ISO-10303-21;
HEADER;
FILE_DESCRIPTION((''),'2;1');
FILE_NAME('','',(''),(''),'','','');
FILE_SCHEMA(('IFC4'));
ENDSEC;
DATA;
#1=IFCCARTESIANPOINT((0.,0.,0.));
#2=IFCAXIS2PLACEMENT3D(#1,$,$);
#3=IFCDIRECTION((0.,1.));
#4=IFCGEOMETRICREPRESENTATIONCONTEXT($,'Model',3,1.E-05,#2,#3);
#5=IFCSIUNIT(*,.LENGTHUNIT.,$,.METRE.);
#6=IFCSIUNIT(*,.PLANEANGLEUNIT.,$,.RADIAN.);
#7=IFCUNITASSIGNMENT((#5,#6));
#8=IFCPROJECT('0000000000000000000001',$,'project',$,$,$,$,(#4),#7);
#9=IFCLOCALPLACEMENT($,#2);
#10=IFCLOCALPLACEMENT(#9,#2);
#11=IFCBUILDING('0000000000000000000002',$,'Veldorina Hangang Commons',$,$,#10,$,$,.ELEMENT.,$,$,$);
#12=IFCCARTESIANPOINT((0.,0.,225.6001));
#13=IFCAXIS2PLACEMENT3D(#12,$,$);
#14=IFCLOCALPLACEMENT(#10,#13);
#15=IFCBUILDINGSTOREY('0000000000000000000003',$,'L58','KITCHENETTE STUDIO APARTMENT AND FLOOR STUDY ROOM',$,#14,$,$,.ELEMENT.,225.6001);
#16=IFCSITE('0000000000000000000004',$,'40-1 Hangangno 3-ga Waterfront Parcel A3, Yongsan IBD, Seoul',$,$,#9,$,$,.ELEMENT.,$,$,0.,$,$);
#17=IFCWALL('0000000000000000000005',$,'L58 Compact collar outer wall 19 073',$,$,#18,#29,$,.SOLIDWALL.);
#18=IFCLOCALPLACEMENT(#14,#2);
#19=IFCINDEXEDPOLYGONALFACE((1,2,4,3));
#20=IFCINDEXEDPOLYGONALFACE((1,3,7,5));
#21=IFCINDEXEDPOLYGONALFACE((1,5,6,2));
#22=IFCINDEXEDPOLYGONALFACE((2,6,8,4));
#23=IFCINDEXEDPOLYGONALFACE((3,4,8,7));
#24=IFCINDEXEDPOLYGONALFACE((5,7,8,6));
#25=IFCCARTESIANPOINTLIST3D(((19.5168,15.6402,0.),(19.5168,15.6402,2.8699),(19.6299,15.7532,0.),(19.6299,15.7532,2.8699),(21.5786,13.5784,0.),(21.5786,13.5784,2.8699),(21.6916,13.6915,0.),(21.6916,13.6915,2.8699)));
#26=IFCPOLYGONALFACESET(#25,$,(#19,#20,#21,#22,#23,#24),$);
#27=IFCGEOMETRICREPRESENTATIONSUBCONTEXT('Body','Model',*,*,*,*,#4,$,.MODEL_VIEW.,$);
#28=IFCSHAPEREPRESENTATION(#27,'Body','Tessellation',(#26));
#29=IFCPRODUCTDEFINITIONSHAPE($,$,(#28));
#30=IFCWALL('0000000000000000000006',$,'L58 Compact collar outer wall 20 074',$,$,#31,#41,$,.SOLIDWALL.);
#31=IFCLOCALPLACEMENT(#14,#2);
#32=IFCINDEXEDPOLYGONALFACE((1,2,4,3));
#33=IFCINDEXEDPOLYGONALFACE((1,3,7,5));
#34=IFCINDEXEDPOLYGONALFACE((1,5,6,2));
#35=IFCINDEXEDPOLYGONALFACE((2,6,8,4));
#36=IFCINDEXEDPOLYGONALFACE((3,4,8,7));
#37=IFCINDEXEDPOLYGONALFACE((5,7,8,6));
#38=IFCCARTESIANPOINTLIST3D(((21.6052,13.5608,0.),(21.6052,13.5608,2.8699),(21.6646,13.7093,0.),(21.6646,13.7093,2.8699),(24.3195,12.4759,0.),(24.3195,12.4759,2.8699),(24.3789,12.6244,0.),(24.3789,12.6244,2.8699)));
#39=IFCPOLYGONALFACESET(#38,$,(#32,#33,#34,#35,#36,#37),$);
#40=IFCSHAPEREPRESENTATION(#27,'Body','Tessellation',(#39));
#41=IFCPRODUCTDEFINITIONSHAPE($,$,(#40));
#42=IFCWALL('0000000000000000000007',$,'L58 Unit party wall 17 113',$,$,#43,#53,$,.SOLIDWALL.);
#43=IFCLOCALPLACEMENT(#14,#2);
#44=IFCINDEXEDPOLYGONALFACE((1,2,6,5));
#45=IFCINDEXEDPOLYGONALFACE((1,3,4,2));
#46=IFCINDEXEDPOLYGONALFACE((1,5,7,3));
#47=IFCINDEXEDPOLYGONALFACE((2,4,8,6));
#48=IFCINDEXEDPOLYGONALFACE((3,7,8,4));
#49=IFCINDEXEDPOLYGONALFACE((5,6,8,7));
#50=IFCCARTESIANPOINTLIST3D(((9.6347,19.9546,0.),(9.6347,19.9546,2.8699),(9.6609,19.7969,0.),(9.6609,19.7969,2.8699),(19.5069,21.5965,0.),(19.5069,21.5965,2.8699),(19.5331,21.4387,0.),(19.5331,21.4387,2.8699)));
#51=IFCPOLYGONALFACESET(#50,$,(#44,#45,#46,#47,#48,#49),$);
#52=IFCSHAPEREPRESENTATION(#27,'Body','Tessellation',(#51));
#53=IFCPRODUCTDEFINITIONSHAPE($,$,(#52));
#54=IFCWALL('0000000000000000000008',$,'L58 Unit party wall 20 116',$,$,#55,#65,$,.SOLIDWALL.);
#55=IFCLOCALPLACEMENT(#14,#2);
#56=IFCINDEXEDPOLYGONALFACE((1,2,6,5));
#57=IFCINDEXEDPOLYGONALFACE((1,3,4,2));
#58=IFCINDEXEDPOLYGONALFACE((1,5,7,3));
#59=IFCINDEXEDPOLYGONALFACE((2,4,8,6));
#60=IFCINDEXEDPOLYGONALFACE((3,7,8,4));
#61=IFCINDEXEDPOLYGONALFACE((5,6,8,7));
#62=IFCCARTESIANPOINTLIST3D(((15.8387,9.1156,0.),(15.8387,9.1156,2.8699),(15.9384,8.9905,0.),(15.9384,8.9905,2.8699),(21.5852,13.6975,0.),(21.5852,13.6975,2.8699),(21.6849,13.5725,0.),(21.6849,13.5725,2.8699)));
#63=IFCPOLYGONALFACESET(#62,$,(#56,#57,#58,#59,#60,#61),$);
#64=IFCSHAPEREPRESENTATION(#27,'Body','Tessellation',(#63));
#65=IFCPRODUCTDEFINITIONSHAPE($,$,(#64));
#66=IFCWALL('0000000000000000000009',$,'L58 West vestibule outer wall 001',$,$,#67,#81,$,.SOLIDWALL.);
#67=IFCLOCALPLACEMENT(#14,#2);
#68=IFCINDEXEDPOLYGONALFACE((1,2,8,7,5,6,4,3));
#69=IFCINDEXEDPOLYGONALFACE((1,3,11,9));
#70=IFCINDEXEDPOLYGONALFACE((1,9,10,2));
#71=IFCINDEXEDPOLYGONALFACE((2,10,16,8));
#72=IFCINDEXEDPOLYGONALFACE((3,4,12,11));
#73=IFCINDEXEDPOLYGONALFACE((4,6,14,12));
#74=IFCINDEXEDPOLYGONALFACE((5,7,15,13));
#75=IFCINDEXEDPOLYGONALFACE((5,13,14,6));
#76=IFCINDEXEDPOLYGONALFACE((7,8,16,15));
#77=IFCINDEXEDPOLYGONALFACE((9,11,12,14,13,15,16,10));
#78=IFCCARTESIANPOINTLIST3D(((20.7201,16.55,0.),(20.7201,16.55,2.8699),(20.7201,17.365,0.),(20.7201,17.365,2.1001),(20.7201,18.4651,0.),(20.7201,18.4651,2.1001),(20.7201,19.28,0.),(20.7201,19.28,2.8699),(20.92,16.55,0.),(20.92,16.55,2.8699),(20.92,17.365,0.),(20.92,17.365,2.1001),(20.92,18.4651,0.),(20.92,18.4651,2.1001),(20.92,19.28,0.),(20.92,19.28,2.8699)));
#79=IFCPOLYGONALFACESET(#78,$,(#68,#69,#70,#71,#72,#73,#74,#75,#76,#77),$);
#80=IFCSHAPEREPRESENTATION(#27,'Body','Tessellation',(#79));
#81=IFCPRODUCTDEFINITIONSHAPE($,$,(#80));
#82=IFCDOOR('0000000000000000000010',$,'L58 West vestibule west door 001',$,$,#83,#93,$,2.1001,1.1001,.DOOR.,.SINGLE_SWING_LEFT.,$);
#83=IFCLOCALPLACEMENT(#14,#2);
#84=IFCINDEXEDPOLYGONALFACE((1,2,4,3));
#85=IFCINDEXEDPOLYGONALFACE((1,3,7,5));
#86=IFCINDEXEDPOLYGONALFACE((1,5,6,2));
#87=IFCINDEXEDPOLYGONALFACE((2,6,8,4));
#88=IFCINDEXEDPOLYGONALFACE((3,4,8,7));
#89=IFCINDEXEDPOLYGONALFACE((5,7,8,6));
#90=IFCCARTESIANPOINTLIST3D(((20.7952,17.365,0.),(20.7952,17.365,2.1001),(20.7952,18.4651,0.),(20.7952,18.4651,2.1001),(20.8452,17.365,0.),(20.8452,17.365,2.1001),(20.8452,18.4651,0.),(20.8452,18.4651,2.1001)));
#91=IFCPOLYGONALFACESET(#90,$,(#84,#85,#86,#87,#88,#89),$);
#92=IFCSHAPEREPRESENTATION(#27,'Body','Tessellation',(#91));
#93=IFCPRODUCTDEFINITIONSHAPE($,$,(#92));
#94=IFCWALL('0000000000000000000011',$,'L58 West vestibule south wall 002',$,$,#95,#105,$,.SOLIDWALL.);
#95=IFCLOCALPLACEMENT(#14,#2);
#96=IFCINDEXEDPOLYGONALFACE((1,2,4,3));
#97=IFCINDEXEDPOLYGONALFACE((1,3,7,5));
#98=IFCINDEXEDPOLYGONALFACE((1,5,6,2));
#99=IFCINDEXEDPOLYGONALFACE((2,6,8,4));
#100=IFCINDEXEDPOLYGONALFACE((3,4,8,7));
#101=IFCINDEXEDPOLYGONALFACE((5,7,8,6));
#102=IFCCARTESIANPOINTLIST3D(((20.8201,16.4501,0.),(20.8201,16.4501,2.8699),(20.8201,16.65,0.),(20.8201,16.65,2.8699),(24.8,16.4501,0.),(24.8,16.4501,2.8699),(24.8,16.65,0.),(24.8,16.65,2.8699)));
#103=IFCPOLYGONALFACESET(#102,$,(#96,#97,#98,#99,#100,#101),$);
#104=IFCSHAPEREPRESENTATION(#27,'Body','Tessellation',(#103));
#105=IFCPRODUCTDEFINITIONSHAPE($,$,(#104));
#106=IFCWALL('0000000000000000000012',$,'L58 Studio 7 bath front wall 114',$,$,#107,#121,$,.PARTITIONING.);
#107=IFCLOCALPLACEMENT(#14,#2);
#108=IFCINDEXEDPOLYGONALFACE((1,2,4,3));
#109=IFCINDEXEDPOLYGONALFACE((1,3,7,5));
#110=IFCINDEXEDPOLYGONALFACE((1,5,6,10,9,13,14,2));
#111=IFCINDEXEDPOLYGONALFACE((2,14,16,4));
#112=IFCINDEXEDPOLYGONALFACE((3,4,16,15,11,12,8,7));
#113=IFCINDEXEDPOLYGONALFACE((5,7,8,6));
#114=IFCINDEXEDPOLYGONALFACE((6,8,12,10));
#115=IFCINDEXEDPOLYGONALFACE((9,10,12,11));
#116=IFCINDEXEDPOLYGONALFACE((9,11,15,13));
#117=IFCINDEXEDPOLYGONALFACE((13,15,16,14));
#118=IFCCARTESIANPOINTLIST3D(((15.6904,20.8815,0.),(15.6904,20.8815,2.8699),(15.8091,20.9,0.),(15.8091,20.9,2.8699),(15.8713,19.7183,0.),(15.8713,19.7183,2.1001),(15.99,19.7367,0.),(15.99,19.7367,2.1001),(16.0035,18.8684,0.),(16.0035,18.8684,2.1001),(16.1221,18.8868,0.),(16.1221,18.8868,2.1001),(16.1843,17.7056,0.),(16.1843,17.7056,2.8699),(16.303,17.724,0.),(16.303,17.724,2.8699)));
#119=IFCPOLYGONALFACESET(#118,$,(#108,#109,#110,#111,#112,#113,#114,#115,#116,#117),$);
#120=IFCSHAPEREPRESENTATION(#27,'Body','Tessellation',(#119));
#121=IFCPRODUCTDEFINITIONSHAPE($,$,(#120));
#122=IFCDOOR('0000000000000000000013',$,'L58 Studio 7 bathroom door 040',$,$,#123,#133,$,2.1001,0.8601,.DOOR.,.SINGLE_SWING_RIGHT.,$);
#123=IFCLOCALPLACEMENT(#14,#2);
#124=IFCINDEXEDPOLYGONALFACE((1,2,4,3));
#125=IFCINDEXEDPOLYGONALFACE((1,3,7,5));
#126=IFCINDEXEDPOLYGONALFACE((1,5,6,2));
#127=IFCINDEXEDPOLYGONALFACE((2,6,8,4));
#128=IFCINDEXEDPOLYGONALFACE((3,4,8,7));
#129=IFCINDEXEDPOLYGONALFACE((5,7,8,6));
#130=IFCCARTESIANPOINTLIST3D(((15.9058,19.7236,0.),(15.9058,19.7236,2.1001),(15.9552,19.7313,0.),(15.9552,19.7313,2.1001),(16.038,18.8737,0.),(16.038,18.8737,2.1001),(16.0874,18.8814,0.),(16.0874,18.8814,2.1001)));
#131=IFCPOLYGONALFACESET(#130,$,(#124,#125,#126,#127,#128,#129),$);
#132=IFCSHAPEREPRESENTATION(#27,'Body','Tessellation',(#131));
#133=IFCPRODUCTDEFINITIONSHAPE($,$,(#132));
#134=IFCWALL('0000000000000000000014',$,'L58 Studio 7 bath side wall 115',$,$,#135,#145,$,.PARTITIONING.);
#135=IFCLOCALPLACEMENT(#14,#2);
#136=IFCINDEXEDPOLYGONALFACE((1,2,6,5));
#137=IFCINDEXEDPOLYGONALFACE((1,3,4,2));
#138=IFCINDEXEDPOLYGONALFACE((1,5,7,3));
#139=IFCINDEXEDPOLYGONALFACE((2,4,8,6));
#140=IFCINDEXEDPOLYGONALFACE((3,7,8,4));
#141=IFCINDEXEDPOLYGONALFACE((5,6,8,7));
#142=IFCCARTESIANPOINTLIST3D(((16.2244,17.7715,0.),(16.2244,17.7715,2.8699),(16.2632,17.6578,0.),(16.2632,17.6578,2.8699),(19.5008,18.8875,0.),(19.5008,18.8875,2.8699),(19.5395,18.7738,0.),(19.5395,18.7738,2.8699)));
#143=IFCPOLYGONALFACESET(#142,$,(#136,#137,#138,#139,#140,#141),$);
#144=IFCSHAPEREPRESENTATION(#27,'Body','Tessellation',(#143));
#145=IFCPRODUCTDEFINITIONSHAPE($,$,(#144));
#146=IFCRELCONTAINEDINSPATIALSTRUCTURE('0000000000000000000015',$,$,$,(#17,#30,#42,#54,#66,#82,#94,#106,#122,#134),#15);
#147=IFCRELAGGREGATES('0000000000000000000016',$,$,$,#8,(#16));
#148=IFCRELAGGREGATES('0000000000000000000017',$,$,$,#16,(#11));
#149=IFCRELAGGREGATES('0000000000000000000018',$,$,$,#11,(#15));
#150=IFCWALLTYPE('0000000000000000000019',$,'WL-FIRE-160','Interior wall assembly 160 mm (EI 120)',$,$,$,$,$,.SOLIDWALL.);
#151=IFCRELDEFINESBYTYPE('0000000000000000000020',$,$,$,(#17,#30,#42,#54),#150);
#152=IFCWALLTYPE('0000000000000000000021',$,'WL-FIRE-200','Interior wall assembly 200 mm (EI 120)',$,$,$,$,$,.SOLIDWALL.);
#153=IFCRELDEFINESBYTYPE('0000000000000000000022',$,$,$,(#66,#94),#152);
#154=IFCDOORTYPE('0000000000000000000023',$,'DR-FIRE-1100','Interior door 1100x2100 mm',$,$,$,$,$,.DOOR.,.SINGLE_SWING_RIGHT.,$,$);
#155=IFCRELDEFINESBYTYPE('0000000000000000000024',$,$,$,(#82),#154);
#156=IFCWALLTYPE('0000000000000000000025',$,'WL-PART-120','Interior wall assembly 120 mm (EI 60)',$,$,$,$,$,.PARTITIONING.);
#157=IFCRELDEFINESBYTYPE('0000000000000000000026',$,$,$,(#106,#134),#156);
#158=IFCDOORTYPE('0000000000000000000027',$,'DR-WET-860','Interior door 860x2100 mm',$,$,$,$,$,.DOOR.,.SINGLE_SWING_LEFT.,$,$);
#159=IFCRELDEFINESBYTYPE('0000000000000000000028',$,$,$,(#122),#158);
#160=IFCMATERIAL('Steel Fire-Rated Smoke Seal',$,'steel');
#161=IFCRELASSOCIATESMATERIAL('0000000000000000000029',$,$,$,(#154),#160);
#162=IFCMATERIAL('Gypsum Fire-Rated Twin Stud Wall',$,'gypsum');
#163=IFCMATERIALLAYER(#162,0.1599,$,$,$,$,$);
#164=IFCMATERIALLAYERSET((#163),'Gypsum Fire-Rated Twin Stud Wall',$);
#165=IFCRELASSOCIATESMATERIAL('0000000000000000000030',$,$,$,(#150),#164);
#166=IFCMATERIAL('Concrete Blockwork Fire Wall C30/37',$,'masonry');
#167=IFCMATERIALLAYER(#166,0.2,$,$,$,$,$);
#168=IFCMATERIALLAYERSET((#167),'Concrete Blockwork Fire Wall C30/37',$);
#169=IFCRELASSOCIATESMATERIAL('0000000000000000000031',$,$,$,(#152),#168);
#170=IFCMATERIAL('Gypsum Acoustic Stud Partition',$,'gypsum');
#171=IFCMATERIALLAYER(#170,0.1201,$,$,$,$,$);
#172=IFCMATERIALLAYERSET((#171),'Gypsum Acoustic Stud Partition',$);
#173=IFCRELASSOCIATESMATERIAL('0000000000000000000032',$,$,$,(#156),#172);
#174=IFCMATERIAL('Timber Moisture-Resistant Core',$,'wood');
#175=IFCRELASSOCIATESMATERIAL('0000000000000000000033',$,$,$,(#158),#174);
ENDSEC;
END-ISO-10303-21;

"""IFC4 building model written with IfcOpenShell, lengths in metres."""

from ifc_helpers import new_model, si_unit, direction, frame, frame_2d, origin, place, context, subcontext, project, spatial, rectangle, extrude, material, layer, layer_set, type_object, element, fill, save


model = new_model("IFC4")

# Units and contexts
model_context = context("Model", 3, precision=1e-05, world=origin(), true_north=direction((0.0, 1.0)))
body_context = subcontext(model_context, "Body", "Model", "MODEL_VIEW")
ifc_project = project(units=[si_unit("LENGTHUNIT", "METRE"), si_unit("PLANEANGLEUNIT", "RADIAN")], contexts=[model_context])

# Site, building, storey
site_placement = place(None, origin())
site = spatial("IfcSite", under=ifc_project, at=site_placement, Name="40-1 Hangangno 3-ga Waterfront Parcel A3, Yongsan IBD, Seoul", CompositionType="ELEMENT", RefElevation=0.0)
building_placement = place(site_placement, origin())
building = spatial("IfcBuilding", under=site, at=building_placement, Name="Veldorina Hangang Commons", CompositionType="ELEMENT")
storey_placement = place(building_placement, frame((0.0, 0.0, 225.6001)))
storey = spatial("IfcBuildingStorey", under=building, at=storey_placement, Name="L58", Description="KITCHENETTE STUDIO APARTMENT AND FLOOR STUDY ROOM", CompositionType="ELEMENT", Elevation=225.6001)

# Shared definitions
ifc_material_1 = material(Name="Steel Fire-Rated Smoke Seal", Category="steel")
door_type_1 = type_object("IfcDoorType", Name="DR-FIRE-1100", Description="Interior door 1100x2100 mm", OperationType="SINGLE_SWING_RIGHT", PredefinedType="DOOR", material=ifc_material_1)

# Shared definitions
ifc_material_2 = material(Name="Gypsum Fire-Rated Twin Stud Wall", Category="gypsum")
ifc_layer_1 = layer(ifc_material_2, 0.1599)
ifc_layer_set_1 = layer_set([ifc_layer_1], Name="Gypsum Fire-Rated Twin Stud Wall")
wall_type_1 = type_object("IfcWallType", Name="WL-FIRE-160", Description="Interior wall assembly 160 mm (EI 120)", PredefinedType="SOLIDWALL", material=ifc_layer_set_1)

# Walls
wall_1_placement = place(storey_placement, frame((19.5732, 15.6968, 0.0), z_axis=(0.0, 0.0, 1.0), x_axis=(0.707107, -0.707107, 0.0)))
element("IfcWall", 1, at=wall_1_placement, inside=storey, type_object=wall_type_1, Name="L58 Compact collar outer wall 19 073", PredefinedType="SOLIDWALL", context=body_context, shape_type="SweptSolid", body=[
    extrude(rectangle(XDim=2.9158, YDim=0.1599, at=frame_2d((1.458, 0.0))), origin(), (0.0, 0.0, 1.0), 2.8699),
])
wall_2_placement = place(storey_placement, frame((21.635, 13.635, 0.0), z_axis=(0.0, 0.0, 1.0), x_axis=(0.928569, -0.37116, 0.0)))
element("IfcWall", 2, at=wall_2_placement, inside=storey, type_object=wall_type_1, Name="L58 Compact collar outer wall 20 074", PredefinedType="SOLIDWALL", context=body_context, shape_type="SweptSolid", body=[
    extrude(rectangle(XDim=2.9231, YDim=0.1599, at=frame_2d((1.4614, 0.0))), origin(), (0.0, 0.0, 1.0), 2.8699),
])
wall_3_placement = place(storey_placement, frame((19.52, 21.5176, 0.0), z_axis=(0.0, 0.0, 1.0), x_axis=(-0.986451, -0.164055, 0.0)))
element("IfcWall", 3, at=wall_3_placement, inside=storey, type_object=wall_type_1, Name="L58 Unit party wall 17 113", PredefinedType="SOLIDWALL", context=body_context, shape_type="SweptSolid", body=[
    extrude(rectangle(XDim=10.0078, YDim=0.1599, at=frame_2d((5.0039, 0.0))), origin(), (0.0, 0.0, 1.0), 2.8699),
])
wall_4_placement = place(storey_placement, frame((21.635, 13.635, 0.0), z_axis=(0.0, 0.0, 1.0), x_axis=(-0.781879, -0.62343, 0.0)))
element("IfcWall", 4, at=wall_4_placement, inside=storey, type_object=wall_type_1, Name="L58 Unit party wall 20 116", PredefinedType="SOLIDWALL", context=body_context, shape_type="SweptSolid", body=[
    extrude(rectangle(XDim=7.3496, YDim=0.1599, at=frame_2d((3.6748, 0.0))), origin(), (0.0, 0.0, 1.0), 2.8699),
])

# Wall, opening, door
ifc_material_3 = material(Name="Concrete Blockwork Fire Wall C30/37", Category="masonry")
ifc_layer_2 = layer(ifc_material_3, 0.2)
ifc_layer_set_2 = layer_set([ifc_layer_2], Name="Concrete Blockwork Fire Wall C30/37")
wall_type_2 = type_object("IfcWallType", Name="WL-FIRE-200", Description="Interior wall assembly 200 mm (EI 120)", PredefinedType="SOLIDWALL", material=ifc_layer_set_2)
wall_5_placement = place(storey_placement, frame((20.8201, 16.55, 0.0), z_axis=(0.0, 0.0, 1.0), x_axis=(0.0, 1.0, 0.0)))
wall_5 = element("IfcWall", 5, at=wall_5_placement, inside=storey, type_object=wall_type_2, Name="L58 West vestibule outer wall 001", PredefinedType="SOLIDWALL", context=body_context, shape_type="SweptSolid", body=[
    extrude(rectangle(XDim=2.73, YDim=0.2, at=frame_2d((1.365, 0.0))), origin(), (0.0, 0.0, 1.0), 2.8699),
])
opening_1_placement = place(wall_5_placement, frame((0.8149, 0.0, 0.0)))
opening_1 = element("IfcOpeningElement", 6, at=opening_1_placement, cuts=wall_5, PredefinedType="OPENING", context=body_context, shape_type="SweptSolid", body=[
    extrude(rectangle(XDim=1.1001, YDim=2.1001, at=frame_2d((0.55, 1.05))), frame((0.0, 0.1099, 0.0), z_axis=(0.0, -1.0, 0.0), x_axis=(1.0, 0.0, 0.0)), (0.0, 0.0, 1.0), 0.22),
])
door_1_placement = place(opening_1_placement, origin())
door_1 = element("IfcDoor", 7, at=door_1_placement, inside=storey, type_object=door_type_1, Name="L58 West vestibule west door 001", OperationType="SINGLE_SWING_LEFT", OverallHeight=2.1001, OverallWidth=1.1001, PredefinedType="DOOR", context=body_context, shape_type="SweptSolid", body=[
    extrude(rectangle(XDim=1.1001, YDim=2.1001, at=frame_2d((0.55, 1.05))), frame((0.0, 0.0249, 0.0), z_axis=(0.0, -1.0, 0.0), x_axis=(1.0, 0.0, 0.0)), (0.0, 0.0, 1.0), 0.05),
])
fill(opening_1, door_1)

# Wall
wall_6_placement = place(storey_placement, frame((20.8201, 16.55, 0.0), z_axis=(0.0, 0.0, 1.0), x_axis=(1.0, 0.0, 0.0)))
element("IfcWall", 8, at=wall_6_placement, inside=storey, type_object=wall_type_2, Name="L58 West vestibule south wall 002", PredefinedType="SOLIDWALL", context=body_context, shape_type="SweptSolid", body=[
    extrude(rectangle(XDim=3.98, YDim=0.2, at=frame_2d((1.99, 0.0))), origin(), (0.0, 0.0, 1.0), 2.8699),
])

# Wall, opening, door
ifc_material_4 = material(Name="Gypsum Acoustic Stud Partition", Category="gypsum")
ifc_layer_3 = layer(ifc_material_4, 0.1201)
ifc_layer_set_3 = layer_set([ifc_layer_3], Name="Gypsum Acoustic Stud Partition")
wall_type_3 = type_object("IfcWallType", Name="WL-PART-120", Description="Interior wall assembly 120 mm (EI 60)", PredefinedType="PARTITIONING", material=ifc_layer_set_3)
wall_7_placement = place(storey_placement, frame((15.7498, 20.8906, 0.0), z_axis=(0.0, 0.0, 1.0), x_axis=(0.153661, -0.988124, 0.0)))
wall_7 = element("IfcWall", 9, at=wall_7_placement, inside=storey, type_object=wall_type_3, Name="L58 Studio 7 bath front wall 114", PredefinedType="PARTITIONING", context=body_context, shape_type="SweptSolid", body=[
    extrude(rectangle(XDim=3.2141, YDim=0.1201, at=frame_2d((1.6069, 0.0))), origin(), (0.0, 0.0, 1.0), 2.8699),
])
opening_2_placement = place(wall_7_placement, frame((1.177, 0.0, 0.0)))
opening_2 = element("IfcOpeningElement", 10, at=opening_2_placement, cuts=wall_7, PredefinedType="OPENING", context=body_context, shape_type="SweptSolid", body=[
    extrude(rectangle(XDim=0.8601, YDim=2.1001, at=frame_2d((0.4302, 1.05))), frame((0.0, 0.0701, 0.0), z_axis=(0.0, -1.0, 0.0), x_axis=(1.0, 0.0, 0.0)), (0.0, 0.0, 1.0), 0.1401),
])
ifc_material_5 = material(Name="Timber Moisture-Resistant Core", Category="wood")
door_type_2 = type_object("IfcDoorType", Name="DR-WET-860", Description="Interior door 860x2100 mm", OperationType="SINGLE_SWING_LEFT", PredefinedType="DOOR", material=ifc_material_5)
door_2_placement = place(opening_2_placement, origin())
door_2 = element("IfcDoor", 11, at=door_2_placement, inside=storey, type_object=door_type_2, Name="L58 Studio 7 bathroom door 040", OperationType="SINGLE_SWING_RIGHT", OverallHeight=2.1001, OverallWidth=0.8601, PredefinedType="DOOR", context=body_context, shape_type="SweptSolid", body=[
    extrude(rectangle(XDim=0.8601, YDim=2.1001, at=frame_2d((0.4302, 1.05))), frame((0.0, 0.0249, 0.0), z_axis=(0.0, -1.0, 0.0), x_axis=(1.0, 0.0, 0.0)), (0.0, 0.0, 1.0), 0.05),
])
fill(opening_2, door_2)

# Wall
wall_8_placement = place(storey_placement, frame((19.52, 18.8306, 0.0), z_axis=(0.0, 0.0, 1.0), x_axis=(-0.946596, -0.322421, 0.0)))
element("IfcWall", 12, at=wall_8_placement, inside=storey, type_object=wall_type_3, Name="L58 Studio 7 bath side wall 115", PredefinedType="PARTITIONING", context=body_context, shape_type="SweptSolid", body=[
    extrude(rectangle(XDim=3.4612, YDim=0.1201, at=frame_2d((1.7305, 0.0))), origin(), (0.0, 0.0, 1.0), 2.8699),
])

save(model, "model.ifc")
